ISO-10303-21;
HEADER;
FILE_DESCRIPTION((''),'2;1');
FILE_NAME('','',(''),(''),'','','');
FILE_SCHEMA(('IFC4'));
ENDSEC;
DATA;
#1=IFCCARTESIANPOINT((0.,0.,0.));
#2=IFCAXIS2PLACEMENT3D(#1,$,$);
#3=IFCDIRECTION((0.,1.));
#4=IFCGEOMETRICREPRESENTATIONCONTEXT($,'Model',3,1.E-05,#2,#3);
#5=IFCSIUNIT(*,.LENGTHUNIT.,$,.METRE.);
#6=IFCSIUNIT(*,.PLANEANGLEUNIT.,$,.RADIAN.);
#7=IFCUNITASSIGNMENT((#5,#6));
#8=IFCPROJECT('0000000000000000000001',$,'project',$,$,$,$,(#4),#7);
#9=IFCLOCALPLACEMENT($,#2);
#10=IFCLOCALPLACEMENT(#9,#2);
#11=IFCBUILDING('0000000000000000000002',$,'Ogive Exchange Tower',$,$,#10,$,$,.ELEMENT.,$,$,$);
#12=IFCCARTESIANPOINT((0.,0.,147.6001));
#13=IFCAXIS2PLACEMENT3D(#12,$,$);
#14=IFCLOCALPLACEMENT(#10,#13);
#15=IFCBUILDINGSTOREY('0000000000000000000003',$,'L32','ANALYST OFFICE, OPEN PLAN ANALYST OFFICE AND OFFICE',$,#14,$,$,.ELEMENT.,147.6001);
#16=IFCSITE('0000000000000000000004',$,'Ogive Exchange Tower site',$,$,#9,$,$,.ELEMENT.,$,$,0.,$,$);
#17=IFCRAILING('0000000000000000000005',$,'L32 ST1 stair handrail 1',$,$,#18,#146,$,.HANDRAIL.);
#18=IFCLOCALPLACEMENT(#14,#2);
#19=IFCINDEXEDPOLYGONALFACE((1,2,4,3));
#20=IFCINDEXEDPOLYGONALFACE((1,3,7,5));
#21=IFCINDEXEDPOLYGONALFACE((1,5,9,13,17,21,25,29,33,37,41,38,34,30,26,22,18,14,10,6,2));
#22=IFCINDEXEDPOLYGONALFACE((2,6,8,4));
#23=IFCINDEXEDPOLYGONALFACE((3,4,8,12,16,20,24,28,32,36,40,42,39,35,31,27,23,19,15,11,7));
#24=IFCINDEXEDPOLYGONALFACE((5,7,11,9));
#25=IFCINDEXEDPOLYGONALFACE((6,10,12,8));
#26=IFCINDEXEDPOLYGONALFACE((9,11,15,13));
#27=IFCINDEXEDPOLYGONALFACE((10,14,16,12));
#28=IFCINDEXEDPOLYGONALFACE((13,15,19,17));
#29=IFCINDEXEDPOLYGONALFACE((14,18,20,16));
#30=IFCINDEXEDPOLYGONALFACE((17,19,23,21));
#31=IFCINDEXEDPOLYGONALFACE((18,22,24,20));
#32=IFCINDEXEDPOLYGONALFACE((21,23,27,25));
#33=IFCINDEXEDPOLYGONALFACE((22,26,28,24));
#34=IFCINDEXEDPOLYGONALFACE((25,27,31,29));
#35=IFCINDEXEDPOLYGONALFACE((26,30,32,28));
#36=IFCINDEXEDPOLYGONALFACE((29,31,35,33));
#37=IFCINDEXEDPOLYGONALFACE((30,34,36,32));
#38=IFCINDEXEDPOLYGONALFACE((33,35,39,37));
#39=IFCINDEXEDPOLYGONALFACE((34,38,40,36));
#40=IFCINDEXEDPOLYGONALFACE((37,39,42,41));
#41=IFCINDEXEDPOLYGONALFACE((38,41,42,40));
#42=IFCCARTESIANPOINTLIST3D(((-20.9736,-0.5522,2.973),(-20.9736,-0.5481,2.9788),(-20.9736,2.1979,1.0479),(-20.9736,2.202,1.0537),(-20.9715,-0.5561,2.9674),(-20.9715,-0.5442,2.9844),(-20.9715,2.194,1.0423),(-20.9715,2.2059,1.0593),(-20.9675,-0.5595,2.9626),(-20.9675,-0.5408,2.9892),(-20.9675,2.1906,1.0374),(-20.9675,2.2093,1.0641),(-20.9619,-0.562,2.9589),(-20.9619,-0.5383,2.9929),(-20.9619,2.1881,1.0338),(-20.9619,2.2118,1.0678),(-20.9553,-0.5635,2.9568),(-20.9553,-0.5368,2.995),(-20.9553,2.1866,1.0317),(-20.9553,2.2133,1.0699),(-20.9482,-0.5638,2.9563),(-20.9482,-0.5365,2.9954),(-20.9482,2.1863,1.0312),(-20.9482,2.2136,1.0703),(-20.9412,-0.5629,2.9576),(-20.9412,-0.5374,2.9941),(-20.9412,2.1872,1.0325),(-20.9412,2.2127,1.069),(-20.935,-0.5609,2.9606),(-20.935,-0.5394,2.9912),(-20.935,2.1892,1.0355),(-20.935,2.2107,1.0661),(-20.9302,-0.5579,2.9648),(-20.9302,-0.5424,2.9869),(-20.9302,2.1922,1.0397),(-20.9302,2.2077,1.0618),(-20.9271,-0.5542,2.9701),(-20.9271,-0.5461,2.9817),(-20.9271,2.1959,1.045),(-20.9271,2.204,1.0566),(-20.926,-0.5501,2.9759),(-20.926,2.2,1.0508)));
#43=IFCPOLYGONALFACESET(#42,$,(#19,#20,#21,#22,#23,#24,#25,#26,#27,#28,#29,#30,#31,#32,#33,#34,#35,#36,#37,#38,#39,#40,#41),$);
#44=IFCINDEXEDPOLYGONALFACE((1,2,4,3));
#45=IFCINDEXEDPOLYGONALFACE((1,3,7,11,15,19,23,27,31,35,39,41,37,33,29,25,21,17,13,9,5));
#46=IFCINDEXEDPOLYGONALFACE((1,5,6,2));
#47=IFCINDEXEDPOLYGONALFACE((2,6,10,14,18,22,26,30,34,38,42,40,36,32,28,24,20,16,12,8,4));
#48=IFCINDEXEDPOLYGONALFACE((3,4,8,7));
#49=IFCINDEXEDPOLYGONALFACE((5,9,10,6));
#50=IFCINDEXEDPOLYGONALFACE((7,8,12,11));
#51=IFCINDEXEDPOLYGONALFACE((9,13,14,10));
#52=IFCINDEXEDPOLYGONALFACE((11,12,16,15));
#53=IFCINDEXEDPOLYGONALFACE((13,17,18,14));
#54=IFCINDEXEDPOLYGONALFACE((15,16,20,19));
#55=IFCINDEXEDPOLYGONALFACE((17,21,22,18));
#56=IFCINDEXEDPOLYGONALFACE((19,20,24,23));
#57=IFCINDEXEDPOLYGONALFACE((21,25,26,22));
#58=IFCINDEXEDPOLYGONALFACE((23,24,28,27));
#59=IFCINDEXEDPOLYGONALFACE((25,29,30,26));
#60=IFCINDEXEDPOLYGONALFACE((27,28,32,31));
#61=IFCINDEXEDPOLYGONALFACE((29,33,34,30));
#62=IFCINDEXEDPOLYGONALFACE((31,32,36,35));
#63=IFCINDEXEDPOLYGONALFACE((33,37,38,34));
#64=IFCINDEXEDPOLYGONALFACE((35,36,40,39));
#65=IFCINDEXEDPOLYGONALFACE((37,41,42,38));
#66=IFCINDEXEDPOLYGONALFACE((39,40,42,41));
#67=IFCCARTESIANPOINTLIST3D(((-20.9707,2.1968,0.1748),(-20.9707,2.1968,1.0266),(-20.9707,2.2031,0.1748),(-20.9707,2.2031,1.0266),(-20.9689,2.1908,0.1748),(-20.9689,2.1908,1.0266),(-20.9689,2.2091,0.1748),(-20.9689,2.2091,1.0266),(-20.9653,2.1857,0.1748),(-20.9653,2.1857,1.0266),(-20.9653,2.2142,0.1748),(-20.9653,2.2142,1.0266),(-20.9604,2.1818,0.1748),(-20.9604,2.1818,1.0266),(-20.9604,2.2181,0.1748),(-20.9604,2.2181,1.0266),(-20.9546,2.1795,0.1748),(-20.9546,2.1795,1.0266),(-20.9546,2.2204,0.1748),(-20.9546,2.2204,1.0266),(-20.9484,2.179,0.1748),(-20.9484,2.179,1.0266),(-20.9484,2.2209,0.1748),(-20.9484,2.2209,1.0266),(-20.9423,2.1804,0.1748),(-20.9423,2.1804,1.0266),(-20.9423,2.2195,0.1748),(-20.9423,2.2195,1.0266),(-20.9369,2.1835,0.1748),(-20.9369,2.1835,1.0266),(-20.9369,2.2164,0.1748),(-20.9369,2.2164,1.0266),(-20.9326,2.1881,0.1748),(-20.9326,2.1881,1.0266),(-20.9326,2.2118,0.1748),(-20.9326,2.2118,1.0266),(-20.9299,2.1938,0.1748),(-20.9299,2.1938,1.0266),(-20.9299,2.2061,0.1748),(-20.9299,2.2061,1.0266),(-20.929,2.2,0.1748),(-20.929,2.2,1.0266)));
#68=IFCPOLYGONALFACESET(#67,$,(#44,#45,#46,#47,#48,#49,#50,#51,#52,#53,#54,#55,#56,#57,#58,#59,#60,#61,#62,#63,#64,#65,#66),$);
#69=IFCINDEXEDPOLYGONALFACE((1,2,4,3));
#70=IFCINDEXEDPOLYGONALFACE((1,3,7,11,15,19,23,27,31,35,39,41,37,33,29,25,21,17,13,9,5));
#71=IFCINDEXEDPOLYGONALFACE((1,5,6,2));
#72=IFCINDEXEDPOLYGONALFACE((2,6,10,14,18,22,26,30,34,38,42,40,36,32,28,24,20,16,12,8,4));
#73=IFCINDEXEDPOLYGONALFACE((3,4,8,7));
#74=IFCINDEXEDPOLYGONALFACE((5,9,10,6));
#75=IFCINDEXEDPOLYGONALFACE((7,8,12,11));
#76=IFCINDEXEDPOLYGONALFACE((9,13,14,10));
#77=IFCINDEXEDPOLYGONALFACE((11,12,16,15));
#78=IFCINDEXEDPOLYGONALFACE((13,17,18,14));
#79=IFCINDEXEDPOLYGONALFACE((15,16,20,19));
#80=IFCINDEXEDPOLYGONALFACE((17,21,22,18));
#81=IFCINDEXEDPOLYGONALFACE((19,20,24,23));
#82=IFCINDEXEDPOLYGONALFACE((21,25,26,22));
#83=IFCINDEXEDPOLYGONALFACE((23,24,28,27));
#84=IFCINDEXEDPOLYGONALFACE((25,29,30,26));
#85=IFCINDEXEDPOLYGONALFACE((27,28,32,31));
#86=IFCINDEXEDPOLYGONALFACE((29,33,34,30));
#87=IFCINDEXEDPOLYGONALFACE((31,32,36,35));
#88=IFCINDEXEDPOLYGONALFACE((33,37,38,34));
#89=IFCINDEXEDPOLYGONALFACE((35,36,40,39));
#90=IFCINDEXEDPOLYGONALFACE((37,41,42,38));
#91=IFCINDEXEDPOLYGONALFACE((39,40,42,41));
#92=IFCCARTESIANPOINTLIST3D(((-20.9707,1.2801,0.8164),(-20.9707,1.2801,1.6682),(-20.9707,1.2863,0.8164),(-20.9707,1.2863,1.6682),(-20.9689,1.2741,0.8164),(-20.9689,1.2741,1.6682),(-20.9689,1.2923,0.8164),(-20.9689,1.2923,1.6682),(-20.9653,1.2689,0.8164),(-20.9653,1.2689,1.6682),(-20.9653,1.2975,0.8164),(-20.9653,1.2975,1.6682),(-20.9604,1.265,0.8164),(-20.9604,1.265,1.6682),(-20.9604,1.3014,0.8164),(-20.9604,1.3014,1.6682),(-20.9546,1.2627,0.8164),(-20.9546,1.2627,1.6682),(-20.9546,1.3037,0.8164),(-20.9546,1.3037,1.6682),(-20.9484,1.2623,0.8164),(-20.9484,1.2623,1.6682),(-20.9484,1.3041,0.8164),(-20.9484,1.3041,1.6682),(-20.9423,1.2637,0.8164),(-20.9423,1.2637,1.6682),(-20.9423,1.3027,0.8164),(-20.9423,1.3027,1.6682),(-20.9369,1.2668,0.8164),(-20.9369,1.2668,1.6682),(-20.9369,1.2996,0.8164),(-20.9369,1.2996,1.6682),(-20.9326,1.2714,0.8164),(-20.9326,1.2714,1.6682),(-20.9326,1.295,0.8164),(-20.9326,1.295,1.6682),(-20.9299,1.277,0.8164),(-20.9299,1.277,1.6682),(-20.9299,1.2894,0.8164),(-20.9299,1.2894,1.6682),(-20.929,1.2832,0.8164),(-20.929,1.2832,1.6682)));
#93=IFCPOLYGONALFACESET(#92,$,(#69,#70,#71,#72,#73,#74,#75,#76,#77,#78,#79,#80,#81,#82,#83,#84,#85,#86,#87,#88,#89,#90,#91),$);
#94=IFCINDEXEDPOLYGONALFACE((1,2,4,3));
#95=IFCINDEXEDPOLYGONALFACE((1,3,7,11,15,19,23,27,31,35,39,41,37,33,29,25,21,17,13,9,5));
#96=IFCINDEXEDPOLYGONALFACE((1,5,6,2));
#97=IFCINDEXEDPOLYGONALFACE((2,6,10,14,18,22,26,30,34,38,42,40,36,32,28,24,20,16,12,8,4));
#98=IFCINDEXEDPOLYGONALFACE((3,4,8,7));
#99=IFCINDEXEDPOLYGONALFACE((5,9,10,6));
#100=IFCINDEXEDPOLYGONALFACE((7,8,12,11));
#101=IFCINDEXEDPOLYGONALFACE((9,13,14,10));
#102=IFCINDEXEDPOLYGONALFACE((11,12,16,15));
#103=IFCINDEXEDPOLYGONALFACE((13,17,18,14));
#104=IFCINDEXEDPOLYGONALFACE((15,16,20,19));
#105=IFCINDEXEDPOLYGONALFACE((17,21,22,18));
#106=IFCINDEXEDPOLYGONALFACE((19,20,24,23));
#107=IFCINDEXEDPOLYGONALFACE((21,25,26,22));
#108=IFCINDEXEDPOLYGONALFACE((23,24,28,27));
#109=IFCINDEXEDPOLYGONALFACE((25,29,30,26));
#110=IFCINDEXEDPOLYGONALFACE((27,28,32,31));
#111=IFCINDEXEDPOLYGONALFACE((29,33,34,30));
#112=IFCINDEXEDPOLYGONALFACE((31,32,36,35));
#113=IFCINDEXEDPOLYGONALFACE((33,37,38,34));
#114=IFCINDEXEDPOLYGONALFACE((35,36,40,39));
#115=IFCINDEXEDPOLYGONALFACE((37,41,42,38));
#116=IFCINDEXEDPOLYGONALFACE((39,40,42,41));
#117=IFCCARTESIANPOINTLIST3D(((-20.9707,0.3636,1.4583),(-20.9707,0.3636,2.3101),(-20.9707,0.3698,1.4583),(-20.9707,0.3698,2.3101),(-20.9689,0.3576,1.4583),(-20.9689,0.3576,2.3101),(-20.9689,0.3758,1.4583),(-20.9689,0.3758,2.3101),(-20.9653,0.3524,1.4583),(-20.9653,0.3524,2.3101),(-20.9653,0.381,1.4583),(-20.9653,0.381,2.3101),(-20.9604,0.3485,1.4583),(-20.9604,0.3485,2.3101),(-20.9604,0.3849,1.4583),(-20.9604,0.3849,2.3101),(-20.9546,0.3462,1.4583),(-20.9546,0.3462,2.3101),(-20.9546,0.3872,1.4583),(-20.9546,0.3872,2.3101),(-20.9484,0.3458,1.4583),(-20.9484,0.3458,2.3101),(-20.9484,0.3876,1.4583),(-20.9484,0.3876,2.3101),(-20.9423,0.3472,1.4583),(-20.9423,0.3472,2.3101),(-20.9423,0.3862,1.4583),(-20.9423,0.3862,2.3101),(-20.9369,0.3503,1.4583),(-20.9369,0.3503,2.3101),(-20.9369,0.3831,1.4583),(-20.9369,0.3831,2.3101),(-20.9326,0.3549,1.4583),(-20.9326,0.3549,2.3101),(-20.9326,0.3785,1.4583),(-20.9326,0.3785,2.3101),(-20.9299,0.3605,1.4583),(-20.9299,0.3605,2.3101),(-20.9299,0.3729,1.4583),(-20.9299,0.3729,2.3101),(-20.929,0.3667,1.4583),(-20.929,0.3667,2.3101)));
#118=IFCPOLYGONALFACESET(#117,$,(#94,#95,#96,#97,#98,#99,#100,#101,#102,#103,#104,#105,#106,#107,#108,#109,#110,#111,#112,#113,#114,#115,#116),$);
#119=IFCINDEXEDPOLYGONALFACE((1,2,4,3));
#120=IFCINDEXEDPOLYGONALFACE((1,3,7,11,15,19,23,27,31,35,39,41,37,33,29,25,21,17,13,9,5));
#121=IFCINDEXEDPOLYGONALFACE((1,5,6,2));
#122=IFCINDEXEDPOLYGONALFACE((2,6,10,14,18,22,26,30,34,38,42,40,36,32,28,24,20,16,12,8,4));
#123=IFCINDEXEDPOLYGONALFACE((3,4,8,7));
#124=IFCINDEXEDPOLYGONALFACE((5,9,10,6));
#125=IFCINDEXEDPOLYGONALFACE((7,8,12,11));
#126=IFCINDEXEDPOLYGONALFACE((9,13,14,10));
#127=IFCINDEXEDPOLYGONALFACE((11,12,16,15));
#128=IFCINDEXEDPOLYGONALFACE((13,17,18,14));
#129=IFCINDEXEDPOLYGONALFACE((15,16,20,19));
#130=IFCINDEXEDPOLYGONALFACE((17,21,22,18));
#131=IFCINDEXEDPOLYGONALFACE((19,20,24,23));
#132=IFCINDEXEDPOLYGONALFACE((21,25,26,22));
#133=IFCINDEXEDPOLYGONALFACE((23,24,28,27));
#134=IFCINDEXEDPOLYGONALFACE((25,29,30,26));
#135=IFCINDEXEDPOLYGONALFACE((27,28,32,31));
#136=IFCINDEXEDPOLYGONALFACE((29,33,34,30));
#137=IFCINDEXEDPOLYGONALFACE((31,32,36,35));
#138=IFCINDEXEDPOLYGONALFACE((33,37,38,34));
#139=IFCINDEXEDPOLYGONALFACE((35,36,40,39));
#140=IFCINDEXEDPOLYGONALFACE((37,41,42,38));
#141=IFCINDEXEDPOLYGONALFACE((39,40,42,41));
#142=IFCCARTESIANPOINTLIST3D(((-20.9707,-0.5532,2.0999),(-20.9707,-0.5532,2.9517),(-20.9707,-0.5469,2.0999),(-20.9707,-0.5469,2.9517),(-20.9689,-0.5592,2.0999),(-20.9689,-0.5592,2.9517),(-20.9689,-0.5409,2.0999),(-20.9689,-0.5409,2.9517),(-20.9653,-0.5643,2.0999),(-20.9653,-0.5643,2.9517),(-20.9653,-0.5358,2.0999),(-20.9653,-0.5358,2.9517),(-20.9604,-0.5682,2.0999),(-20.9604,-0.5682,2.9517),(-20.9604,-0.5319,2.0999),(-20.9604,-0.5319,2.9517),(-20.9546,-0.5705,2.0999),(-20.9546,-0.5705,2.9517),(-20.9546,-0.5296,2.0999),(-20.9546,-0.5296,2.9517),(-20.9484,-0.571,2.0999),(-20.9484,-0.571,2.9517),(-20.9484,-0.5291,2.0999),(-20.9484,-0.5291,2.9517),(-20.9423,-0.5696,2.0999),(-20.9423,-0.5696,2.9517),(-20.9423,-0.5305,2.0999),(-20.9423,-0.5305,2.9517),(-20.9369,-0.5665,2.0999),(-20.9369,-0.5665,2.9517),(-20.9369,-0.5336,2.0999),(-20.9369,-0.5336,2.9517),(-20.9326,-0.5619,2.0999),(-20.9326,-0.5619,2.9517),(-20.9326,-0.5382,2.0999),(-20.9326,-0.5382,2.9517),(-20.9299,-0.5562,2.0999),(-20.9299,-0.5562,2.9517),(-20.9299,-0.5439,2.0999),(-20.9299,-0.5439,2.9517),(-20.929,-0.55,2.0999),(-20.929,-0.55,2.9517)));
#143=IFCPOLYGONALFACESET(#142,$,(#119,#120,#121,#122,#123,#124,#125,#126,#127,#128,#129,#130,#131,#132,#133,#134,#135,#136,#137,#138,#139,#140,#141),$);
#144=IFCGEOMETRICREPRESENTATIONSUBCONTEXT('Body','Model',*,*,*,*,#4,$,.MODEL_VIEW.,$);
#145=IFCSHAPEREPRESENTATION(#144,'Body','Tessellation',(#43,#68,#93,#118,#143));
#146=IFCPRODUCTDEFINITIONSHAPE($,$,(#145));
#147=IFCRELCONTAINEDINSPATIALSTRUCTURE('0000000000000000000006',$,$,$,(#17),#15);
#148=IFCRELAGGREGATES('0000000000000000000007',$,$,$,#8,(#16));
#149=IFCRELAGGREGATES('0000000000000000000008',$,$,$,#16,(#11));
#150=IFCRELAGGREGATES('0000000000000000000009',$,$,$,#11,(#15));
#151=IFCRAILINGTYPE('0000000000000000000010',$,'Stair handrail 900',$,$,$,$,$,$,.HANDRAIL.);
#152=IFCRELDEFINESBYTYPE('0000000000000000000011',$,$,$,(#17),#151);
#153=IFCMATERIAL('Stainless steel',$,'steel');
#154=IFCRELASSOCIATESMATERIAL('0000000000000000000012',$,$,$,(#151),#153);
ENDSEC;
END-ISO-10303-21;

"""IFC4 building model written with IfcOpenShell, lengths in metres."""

from ifc_helpers import new_model, si_unit, direction, frame, origin, origin_2d, place, context, subcontext, project, spatial, circle, extrude, material, type_object, element, save


model = new_model("IFC4")

# Units and contexts
model_context = context("Model", 3, precision=1e-05, world=origin(), true_north=direction((0.0, 1.0)))
body_context = subcontext(model_context, "Body", "Model", "MODEL_VIEW")
ifc_project = project(units=[si_unit("LENGTHUNIT", "METRE"), si_unit("PLANEANGLEUNIT", "RADIAN")], contexts=[model_context])

# Site, building, storey
site_placement = place(None, origin())
site = spatial("IfcSite", under=ifc_project, at=site_placement, Name="Ogive Exchange Tower site", CompositionType="ELEMENT", RefElevation=0.0)
building_placement = place(site_placement, origin())
building = spatial("IfcBuilding", under=site, at=building_placement, Name="Ogive Exchange Tower", CompositionType="ELEMENT")
storey_placement = place(building_placement, frame((0.0, 0.0, 147.6001)))
storey = spatial("IfcBuildingStorey", under=building, at=storey_placement, Name="L32", Description="ANALYST OFFICE, OPEN PLAN ANALYST OFFICE AND OFFICE", CompositionType="ELEMENT", Elevation=147.6001)

# Railing
ifc_material_1 = material(Name="Stainless steel", Category="steel")
railing_type = type_object("IfcRailingType", Name="Stair handrail 900", PredefinedType="HANDRAIL", material=ifc_material_1)
railing_placement = place(storey_placement, frame((-20.95, 2.2, 0.1748)))
element("IfcRailing", 1, at=railing_placement, inside=storey, type_object=railing_type, Name="L32 ST1 stair handrail 1", PredefinedType="HANDRAIL", context=body_context, shape_type="SweptSolid", body=[
    extrude(circle(Radius=0.0239, at=origin_2d()), frame((0.0, 0.0, 0.876), z_axis=(0.0, -0.819225, 0.573472), x_axis=(1.0, 0.0, 0.0)), (0.0, 0.0, 1.0), 3.3569),
    extrude(circle(Radius=0.021, at=origin_2d()), origin(), (0.0, 0.0, 1.0), 0.8518),
    extrude(circle(Radius=0.021, at=origin_2d()), frame((0.0, -0.9167, 0.6416)), (0.0, 0.0, 1.0), 0.8518),
    extrude(circle(Radius=0.021, at=origin_2d()), frame((0.0, -1.8333, 1.2834)), (0.0, 0.0, 1.0), 0.8518),
    extrude(circle(Radius=0.021, at=origin_2d()), frame((0.0, -2.75, 1.925)), (0.0, 0.0, 1.0), 0.8518),
])

save(model, "model.ifc")
